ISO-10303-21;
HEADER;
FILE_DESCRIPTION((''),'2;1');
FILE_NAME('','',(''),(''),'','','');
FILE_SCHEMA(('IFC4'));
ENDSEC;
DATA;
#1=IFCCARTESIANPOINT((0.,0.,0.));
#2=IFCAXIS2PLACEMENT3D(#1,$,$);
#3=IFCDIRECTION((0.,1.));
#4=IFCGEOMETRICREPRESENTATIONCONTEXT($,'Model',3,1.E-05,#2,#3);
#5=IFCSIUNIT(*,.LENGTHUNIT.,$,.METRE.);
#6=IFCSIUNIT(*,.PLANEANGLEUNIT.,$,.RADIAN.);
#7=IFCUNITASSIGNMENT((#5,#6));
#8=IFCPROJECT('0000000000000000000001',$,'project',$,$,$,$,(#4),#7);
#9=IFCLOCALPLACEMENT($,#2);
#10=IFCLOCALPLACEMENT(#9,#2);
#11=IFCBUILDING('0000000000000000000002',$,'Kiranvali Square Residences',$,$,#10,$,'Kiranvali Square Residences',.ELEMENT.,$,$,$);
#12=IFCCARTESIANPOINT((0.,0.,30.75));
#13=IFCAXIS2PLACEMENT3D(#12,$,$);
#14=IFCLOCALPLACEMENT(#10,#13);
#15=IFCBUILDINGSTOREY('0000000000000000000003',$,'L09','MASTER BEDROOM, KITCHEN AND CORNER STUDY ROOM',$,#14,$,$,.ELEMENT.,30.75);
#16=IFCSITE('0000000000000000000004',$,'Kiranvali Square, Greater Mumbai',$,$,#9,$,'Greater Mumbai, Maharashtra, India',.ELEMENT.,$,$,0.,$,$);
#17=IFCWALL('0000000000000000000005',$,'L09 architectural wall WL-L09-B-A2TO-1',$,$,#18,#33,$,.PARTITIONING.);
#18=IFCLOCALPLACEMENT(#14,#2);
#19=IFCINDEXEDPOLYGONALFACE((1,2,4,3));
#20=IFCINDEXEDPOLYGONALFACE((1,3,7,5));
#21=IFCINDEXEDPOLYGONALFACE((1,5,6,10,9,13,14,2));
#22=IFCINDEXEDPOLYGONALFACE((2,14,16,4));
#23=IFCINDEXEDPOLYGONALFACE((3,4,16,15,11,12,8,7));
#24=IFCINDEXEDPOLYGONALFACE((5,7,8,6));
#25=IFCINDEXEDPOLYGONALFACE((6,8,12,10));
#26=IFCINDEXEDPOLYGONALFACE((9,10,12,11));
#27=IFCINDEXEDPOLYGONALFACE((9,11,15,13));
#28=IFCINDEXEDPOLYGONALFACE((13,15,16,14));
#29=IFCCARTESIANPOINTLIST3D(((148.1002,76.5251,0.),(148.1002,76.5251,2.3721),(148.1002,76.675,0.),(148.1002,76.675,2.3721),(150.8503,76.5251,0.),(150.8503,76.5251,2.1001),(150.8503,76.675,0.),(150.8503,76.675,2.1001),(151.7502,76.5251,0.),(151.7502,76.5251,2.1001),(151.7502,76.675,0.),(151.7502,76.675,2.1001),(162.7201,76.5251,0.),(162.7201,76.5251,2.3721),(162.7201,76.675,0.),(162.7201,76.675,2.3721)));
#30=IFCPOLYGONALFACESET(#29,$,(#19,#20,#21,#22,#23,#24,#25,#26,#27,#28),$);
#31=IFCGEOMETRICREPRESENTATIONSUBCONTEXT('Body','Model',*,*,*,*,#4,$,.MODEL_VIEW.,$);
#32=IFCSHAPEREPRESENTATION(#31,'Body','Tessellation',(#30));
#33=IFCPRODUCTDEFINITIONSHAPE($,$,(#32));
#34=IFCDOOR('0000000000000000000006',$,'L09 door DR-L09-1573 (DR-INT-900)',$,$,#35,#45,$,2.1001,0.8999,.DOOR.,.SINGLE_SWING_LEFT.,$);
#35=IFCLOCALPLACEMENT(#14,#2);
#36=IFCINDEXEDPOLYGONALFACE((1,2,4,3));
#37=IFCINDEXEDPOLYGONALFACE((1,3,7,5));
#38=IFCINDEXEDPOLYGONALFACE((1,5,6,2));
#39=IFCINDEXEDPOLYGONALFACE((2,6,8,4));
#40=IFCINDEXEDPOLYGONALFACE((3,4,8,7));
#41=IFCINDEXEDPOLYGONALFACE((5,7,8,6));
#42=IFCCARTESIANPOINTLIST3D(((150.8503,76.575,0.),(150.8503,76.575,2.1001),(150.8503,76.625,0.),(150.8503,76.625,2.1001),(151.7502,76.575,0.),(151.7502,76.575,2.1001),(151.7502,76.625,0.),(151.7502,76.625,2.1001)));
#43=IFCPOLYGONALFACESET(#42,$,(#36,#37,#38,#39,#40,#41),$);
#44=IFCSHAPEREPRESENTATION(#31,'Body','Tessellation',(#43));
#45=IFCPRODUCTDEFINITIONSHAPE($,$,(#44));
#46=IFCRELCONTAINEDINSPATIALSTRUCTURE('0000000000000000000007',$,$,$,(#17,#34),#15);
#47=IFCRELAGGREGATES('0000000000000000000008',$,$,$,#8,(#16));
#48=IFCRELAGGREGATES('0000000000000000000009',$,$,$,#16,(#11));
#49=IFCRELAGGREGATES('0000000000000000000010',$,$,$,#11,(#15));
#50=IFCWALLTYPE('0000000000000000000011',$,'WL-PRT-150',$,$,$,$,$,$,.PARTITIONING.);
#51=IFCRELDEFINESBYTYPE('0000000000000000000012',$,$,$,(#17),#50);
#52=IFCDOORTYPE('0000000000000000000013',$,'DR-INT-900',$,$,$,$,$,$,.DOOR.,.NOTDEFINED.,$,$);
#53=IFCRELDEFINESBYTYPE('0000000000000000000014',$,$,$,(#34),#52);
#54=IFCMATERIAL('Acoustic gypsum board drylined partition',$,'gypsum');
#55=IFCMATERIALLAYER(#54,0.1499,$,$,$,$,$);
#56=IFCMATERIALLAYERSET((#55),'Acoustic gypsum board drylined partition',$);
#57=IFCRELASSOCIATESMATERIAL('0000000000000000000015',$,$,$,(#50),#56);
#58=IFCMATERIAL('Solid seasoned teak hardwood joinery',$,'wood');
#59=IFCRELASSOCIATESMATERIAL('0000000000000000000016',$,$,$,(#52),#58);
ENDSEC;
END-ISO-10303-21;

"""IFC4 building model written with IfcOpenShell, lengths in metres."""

from ifc_helpers import new_model, si_unit, direction, frame, frame_2d, origin, place, context, subcontext, project, spatial, rectangle, extrude, material, layer, layer_set, type_object, element, fill, save


model = new_model("IFC4")

# Units and contexts
model_context = context("Model", 3, precision=1e-05, world=origin(), true_north=direction((0.0, 1.0)))
body_context = subcontext(model_context, "Body", "Model", "MODEL_VIEW")
ifc_project = project(units=[si_unit("LENGTHUNIT", "METRE"), si_unit("PLANEANGLEUNIT", "RADIAN")], contexts=[model_context])

# Site, building, storey
site_placement = place(None, origin())
site = spatial("IfcSite", under=ifc_project, at=site_placement, Name="Kiranvali Square, Greater Mumbai", LongName="Greater Mumbai, Maharashtra, India", CompositionType="ELEMENT", RefElevation=0.0)
building_placement = place(site_placement, origin())
building = spatial("IfcBuilding", under=site, at=building_placement, Name="Kiranvali Square Residences", LongName="Kiranvali Square Residences", CompositionType="ELEMENT")
storey_placement = place(building_placement, frame((0.0, 0.0, 30.75)))
storey = spatial("IfcBuildingStorey", under=building, at=storey_placement, Name="L09", Description="MASTER BEDROOM, KITCHEN AND CORNER STUDY ROOM", CompositionType="ELEMENT", Elevation=30.75)

# Wall, opening, door
ifc_material_1 = material(Name="Acoustic gypsum board drylined partition", Category="gypsum")
ifc_layer_1 = layer(ifc_material_1, 0.1499)
ifc_layer_set_1 = layer_set([ifc_layer_1], Name="Acoustic gypsum board drylined partition")
wall_type_1 = type_object("IfcWallType", Name="WL-PRT-150", PredefinedType="PARTITIONING", material=ifc_layer_set_1)
wall_1_placement = place(storey_placement, frame((148.1001, 76.6001, 0.0), z_axis=(0.0, 0.0, 1.0), x_axis=(1.0, 0.0, 0.0)))
wall_1 = element("IfcWall", 1, at=wall_1_placement, inside=storey, type_object=wall_type_1, Name="L09 architectural wall WL-L09-B-A2TO-1", PredefinedType="PARTITIONING", context=body_context, shape_type="SweptSolid", body=[
    extrude(rectangle(XDim=14.6199, YDim=0.1499, at=frame_2d((7.3101, 0.0))), origin(), (0.0, 0.0, 1.0), 2.3721),
])
opening_1_placement = place(wall_1_placement, frame((2.7502, 0.0, 0.0)))
opening_1 = element("IfcOpeningElement", 2, at=opening_1_placement, cuts=wall_1, PredefinedType="OPENING", context=body_context, shape_type="SweptSolid", body=[
    extrude(rectangle(XDim=0.8999, YDim=2.1001, at=frame_2d((0.45, 1.05))), frame((0.0, 0.085, 0.0), z_axis=(0.0, -1.0, 0.0), x_axis=(1.0, 0.0, 0.0)), (0.0, 0.0, 1.0), 0.1699),
])
ifc_material_2 = material(Name="Solid seasoned teak hardwood joinery", Category="wood")
door_type_1 = type_object("IfcDoorType", Name="DR-INT-900", OperationType="NOTDEFINED", PredefinedType="DOOR", material=ifc_material_2)
door_1_placement = place(opening_1_placement, origin())
door_1 = element("IfcDoor", 3, at=door_1_placement, inside=storey, type_object=door_type_1, Name="L09 door DR-L09-1573 (DR-INT-900)", OperationType="SINGLE_SWING_LEFT", OverallHeight=2.1001, OverallWidth=0.8999, PredefinedType="DOOR", context=body_context, shape_type="SweptSolid", body=[
    extrude(rectangle(XDim=0.8999, YDim=2.1001, at=frame_2d((0.45, 1.05))), frame((0.0, 0.0249, 0.0), z_axis=(0.0, -1.0, 0.0), x_axis=(1.0, 0.0, 0.0)), (0.0, 0.0, 1.0), 0.05),
])
fill(opening_1, door_1)

save(model, "model.ifc")
